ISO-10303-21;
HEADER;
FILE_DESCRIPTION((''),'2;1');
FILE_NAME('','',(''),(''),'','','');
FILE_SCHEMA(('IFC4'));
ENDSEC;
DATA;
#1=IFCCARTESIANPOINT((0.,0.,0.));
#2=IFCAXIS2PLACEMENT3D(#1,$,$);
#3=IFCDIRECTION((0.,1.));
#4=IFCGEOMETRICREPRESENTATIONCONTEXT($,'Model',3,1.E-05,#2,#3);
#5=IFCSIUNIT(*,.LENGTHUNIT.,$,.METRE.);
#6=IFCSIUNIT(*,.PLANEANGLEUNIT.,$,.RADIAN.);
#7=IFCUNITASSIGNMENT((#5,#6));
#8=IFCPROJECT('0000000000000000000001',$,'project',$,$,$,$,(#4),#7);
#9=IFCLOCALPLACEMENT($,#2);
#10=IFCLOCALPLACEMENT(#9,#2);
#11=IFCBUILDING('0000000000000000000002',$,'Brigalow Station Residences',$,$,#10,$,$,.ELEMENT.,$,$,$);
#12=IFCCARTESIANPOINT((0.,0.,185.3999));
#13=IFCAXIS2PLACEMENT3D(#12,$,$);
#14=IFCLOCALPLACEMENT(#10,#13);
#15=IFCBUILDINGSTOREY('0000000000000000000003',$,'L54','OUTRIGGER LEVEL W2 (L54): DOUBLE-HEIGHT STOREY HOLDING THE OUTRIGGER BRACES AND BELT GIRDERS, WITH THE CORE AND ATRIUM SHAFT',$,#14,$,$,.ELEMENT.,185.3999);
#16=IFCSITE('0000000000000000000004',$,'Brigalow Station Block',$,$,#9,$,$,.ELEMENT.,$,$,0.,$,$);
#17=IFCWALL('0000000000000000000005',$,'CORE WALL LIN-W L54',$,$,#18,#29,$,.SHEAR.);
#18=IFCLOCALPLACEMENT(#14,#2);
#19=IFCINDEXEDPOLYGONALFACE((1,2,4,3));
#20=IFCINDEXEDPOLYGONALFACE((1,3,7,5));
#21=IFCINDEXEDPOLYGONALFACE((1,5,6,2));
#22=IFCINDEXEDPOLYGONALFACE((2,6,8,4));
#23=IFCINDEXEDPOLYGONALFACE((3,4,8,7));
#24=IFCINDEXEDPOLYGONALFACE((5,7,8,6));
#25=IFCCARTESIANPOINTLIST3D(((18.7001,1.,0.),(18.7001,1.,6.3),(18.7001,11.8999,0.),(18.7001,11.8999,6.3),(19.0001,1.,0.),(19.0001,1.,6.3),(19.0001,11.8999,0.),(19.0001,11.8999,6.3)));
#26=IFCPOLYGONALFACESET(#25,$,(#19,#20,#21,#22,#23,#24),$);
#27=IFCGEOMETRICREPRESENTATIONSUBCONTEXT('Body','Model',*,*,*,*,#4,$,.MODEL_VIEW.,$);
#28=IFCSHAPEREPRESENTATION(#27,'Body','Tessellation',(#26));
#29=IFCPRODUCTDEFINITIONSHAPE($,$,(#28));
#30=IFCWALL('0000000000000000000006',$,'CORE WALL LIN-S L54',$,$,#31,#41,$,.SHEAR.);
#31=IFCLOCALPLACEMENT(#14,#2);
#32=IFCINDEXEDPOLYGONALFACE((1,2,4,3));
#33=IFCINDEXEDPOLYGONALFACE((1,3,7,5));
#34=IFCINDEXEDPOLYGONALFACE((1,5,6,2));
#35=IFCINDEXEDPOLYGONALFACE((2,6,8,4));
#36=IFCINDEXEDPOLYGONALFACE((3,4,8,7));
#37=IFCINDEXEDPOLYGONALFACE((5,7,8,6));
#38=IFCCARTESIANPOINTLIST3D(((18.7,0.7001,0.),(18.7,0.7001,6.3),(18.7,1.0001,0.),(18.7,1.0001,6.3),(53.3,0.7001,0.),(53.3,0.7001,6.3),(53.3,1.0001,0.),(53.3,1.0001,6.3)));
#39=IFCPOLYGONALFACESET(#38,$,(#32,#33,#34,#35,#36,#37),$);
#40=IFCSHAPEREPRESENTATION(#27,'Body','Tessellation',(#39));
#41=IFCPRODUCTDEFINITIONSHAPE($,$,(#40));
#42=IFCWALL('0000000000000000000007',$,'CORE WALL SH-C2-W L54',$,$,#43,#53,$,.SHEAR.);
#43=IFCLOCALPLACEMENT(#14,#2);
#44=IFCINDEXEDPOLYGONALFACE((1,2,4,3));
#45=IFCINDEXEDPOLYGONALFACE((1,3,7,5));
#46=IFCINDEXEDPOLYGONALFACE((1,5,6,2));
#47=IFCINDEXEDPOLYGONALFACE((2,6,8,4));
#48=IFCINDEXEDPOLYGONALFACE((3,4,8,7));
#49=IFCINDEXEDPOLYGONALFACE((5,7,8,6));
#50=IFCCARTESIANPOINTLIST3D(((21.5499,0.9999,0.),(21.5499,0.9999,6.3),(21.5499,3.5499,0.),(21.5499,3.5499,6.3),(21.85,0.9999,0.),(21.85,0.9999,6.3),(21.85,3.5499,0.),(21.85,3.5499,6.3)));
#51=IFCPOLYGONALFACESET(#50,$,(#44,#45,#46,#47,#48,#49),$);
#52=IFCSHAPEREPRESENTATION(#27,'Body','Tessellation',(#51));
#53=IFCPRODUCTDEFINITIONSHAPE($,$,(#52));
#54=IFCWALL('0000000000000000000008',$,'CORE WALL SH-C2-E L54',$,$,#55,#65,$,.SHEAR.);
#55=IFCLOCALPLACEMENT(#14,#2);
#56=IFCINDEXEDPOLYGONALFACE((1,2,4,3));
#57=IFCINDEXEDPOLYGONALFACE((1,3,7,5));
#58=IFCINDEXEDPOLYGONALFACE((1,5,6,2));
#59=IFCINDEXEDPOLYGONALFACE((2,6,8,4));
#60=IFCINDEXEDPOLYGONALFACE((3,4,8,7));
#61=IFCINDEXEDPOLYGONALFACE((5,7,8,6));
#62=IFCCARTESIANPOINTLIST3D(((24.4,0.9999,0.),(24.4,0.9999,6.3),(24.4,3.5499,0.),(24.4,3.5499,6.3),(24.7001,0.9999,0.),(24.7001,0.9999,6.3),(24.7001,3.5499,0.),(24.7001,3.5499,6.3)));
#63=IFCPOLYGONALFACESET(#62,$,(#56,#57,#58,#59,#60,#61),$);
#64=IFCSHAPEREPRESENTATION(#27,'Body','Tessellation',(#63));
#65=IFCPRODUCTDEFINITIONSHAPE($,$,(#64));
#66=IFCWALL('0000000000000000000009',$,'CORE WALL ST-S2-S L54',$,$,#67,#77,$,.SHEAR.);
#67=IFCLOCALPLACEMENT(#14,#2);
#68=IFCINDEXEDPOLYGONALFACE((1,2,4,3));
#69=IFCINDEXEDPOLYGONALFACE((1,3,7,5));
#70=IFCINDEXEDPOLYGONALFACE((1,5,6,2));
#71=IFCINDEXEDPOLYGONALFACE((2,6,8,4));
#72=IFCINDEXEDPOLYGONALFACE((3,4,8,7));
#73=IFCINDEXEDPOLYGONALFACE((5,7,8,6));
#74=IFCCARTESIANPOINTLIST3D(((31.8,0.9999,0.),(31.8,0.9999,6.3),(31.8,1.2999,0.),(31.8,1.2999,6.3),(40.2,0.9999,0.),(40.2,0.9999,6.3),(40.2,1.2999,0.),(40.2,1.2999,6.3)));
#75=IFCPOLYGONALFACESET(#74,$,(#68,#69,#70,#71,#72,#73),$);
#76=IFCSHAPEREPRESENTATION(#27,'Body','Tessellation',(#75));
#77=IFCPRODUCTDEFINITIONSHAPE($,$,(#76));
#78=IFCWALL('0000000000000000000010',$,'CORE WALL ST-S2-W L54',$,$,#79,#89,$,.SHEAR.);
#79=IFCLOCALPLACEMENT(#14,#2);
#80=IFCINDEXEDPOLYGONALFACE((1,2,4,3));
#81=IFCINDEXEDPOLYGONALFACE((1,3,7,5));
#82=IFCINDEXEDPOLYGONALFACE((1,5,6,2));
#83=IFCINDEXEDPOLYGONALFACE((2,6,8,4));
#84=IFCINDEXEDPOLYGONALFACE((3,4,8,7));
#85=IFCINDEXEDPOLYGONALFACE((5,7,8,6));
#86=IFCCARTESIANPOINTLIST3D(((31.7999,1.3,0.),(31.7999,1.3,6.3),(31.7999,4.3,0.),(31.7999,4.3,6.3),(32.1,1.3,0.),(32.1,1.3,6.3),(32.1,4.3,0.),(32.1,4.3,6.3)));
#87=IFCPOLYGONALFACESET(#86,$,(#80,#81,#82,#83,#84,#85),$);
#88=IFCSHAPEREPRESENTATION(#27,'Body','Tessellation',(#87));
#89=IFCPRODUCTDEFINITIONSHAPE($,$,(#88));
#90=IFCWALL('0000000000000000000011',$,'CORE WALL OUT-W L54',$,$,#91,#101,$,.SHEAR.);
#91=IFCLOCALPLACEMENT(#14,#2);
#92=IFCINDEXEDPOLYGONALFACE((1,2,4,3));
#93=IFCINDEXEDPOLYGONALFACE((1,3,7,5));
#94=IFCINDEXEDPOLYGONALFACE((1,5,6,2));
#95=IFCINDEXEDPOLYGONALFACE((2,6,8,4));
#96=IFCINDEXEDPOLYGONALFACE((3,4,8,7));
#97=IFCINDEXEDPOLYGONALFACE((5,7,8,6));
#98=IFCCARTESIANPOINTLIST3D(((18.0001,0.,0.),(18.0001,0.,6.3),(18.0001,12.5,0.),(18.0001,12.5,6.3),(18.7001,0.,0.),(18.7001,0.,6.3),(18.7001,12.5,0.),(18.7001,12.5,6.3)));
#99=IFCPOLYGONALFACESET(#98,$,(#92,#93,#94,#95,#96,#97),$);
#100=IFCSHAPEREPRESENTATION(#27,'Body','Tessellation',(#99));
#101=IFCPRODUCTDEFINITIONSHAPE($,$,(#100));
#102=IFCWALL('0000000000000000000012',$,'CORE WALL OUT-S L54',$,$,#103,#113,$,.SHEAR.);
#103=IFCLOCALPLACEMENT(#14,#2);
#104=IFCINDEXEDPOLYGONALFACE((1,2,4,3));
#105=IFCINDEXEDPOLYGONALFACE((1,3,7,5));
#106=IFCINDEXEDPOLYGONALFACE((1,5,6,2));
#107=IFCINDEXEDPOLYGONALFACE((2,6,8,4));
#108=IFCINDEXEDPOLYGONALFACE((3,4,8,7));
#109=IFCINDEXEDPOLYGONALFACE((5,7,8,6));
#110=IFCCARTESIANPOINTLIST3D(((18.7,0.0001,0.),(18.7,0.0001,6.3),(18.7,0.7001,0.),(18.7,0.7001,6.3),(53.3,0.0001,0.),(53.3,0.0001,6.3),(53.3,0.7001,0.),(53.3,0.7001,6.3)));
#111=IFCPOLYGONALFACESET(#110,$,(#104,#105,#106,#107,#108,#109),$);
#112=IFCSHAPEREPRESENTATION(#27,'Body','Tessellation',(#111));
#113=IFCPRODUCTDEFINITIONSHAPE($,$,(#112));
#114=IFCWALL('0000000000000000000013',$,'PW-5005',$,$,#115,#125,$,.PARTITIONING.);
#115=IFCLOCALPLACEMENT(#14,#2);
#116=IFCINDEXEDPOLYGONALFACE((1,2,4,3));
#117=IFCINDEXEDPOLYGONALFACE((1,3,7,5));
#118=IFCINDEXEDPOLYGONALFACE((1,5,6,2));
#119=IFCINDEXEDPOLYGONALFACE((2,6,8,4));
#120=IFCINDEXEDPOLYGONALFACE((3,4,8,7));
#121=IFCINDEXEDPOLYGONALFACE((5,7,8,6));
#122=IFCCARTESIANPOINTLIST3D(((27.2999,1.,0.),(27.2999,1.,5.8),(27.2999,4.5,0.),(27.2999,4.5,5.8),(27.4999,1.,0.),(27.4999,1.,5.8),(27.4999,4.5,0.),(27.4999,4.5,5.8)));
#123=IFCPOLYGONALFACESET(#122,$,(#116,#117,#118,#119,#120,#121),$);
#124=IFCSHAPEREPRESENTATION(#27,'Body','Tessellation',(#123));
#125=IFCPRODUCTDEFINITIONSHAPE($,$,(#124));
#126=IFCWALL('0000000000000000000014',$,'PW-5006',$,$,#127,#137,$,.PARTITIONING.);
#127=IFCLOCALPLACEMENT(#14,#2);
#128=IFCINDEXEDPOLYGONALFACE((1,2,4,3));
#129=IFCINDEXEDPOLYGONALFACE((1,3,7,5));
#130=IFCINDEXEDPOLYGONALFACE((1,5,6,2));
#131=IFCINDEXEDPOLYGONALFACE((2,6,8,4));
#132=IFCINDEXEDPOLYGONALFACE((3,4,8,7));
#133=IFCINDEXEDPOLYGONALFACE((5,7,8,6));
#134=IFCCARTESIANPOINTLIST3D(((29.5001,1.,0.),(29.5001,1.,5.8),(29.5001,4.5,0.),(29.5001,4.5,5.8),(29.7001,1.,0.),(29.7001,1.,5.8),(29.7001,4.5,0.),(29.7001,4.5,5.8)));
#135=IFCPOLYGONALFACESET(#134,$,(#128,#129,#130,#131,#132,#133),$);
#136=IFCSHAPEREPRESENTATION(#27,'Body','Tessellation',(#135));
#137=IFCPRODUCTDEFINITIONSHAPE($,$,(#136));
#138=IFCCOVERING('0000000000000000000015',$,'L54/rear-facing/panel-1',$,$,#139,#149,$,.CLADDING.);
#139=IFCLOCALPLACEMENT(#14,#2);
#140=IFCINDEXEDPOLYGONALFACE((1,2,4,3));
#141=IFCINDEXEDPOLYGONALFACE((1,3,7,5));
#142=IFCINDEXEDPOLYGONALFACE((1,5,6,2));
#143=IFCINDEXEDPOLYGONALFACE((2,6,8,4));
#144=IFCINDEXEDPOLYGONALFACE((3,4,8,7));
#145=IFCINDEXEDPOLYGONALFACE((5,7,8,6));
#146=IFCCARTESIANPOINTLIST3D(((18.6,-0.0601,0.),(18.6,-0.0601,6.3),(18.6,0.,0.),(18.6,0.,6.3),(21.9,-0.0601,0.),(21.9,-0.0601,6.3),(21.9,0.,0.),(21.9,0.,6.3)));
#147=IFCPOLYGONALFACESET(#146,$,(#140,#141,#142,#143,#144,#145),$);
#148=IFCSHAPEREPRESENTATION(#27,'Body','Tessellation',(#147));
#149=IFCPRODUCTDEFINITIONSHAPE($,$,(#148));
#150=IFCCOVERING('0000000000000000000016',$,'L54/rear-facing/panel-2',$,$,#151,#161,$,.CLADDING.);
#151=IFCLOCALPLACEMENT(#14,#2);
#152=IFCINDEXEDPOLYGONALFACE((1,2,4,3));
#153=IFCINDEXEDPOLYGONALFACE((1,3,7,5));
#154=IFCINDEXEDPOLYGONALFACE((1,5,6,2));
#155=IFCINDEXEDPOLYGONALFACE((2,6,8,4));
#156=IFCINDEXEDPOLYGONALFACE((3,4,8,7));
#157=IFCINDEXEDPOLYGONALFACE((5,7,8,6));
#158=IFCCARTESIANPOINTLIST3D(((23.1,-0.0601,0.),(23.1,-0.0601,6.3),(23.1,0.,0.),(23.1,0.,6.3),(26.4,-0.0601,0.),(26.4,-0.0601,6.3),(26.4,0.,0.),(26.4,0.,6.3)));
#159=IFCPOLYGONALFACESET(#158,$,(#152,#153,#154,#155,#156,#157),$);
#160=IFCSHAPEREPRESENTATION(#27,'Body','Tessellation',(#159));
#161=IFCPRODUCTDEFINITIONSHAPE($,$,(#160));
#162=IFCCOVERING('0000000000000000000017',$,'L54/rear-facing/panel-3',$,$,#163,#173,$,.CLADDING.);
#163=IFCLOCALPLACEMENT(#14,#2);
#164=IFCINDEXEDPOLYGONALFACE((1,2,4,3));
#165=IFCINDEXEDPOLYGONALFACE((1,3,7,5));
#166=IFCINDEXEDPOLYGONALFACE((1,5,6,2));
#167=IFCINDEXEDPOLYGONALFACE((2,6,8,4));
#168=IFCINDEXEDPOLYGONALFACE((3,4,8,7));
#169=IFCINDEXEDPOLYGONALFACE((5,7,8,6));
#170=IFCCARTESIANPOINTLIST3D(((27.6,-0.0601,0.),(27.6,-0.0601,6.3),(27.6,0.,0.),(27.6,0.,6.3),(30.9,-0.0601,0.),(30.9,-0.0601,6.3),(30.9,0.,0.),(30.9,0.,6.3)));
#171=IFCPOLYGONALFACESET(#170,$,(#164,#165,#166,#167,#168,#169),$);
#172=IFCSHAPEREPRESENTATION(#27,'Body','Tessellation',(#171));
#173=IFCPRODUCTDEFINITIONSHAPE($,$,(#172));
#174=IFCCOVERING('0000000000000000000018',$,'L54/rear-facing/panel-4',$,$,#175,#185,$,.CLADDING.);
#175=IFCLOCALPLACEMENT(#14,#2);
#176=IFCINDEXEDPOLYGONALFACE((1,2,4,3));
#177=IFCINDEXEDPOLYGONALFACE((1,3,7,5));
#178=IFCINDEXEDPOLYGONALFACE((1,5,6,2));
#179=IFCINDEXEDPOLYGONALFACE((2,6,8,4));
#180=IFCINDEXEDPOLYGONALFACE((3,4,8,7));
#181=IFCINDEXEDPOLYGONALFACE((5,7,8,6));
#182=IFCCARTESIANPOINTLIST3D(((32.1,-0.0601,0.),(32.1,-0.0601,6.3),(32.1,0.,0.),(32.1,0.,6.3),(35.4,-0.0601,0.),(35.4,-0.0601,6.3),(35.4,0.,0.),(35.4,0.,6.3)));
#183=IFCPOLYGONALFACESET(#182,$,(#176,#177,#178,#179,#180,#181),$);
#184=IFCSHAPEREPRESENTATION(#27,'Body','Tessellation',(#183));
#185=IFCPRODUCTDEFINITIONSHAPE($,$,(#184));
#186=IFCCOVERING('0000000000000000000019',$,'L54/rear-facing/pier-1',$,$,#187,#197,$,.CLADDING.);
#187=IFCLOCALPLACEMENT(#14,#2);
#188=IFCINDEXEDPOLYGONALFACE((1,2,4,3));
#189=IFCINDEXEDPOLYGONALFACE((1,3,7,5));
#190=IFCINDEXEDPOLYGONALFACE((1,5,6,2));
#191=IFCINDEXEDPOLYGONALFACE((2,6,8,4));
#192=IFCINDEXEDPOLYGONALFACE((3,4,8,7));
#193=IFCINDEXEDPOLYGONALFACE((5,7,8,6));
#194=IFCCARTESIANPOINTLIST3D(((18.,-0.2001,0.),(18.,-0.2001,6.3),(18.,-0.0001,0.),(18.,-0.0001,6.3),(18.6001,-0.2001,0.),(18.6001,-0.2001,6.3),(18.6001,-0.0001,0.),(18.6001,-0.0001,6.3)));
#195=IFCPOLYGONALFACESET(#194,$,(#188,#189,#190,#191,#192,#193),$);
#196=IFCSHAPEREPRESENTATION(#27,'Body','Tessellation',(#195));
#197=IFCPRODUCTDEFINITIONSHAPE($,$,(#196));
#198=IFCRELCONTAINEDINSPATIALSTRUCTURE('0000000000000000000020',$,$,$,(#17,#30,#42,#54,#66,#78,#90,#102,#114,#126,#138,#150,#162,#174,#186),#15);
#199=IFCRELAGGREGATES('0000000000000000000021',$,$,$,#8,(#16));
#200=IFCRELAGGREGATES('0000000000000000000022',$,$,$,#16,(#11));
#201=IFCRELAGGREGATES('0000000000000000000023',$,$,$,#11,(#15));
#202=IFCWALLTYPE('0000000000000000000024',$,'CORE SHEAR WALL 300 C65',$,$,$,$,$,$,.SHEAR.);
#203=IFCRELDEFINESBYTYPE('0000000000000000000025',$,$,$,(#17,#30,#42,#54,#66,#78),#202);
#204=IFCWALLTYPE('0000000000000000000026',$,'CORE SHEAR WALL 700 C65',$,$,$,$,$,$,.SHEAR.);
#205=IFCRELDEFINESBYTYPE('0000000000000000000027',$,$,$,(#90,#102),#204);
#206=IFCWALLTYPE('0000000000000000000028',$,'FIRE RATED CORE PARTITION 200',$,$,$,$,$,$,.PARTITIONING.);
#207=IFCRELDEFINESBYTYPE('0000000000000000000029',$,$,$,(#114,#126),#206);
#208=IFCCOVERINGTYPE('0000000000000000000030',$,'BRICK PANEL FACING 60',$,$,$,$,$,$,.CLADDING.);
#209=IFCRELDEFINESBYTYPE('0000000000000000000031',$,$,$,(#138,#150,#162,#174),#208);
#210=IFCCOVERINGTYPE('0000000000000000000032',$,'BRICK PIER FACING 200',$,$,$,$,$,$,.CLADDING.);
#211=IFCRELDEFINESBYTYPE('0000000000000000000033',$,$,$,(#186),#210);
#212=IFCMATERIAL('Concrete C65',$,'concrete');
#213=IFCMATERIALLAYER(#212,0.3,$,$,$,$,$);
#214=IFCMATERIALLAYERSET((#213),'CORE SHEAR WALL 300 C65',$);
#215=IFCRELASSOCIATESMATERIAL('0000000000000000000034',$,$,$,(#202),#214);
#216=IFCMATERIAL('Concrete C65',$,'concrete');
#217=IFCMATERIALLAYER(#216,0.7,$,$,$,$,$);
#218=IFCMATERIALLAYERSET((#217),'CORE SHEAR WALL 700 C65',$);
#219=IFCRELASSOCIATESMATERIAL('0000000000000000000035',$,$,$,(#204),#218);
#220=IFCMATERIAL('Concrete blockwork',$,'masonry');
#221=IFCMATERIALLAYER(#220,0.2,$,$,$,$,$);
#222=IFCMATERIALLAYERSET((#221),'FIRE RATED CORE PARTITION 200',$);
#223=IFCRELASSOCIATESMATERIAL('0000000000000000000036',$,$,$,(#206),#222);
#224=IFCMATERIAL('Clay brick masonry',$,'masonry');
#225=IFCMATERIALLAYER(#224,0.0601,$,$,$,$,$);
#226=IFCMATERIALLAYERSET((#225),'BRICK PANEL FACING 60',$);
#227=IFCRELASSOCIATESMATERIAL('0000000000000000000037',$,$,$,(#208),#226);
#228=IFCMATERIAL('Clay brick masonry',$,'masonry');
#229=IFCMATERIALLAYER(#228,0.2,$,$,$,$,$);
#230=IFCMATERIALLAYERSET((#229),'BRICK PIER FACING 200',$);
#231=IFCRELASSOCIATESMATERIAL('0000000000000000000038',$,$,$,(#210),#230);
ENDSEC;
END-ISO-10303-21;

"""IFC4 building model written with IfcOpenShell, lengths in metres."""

from ifc_helpers import new_model, si_unit, direction, frame, frame_2d, origin, origin_2d, place, context, subcontext, project, spatial, rectangle, extrude, material, layer, layer_set, type_object, element, save


model = new_model("IFC4")

# Units and contexts
model_context = context("Model", 3, precision=1e-05, world=origin(), true_north=direction((0.0, 1.0)))
body_context = subcontext(model_context, "Body", "Model", "MODEL_VIEW")
ifc_project = project(units=[si_unit("LENGTHUNIT", "METRE"), si_unit("PLANEANGLEUNIT", "RADIAN")], contexts=[model_context])

# Site, building, storey
site_placement = place(None, origin())
site = spatial("IfcSite", under=ifc_project, at=site_placement, Name="Brigalow Station Block", CompositionType="ELEMENT", RefElevation=0.0)
building_placement = place(site_placement, origin())
building = spatial("IfcBuilding", under=site, at=building_placement, Name="Brigalow Station Residences", CompositionType="ELEMENT")
storey_placement = place(building_placement, frame((0.0, 0.0, 185.3999)))
storey = spatial("IfcBuildingStorey", under=building, at=storey_placement, Name="L54", Description="OUTRIGGER LEVEL W2 (L54): DOUBLE-HEIGHT STOREY HOLDING THE OUTRIGGER BRACES AND BELT GIRDERS, WITH THE CORE AND ATRIUM SHAFT", CompositionType="ELEMENT", Elevation=185.3999)

# Walls
ifc_material_1 = material(Name="Concrete C65", Category="concrete")
ifc_layer_1 = layer(ifc_material_1, 0.3)
ifc_layer_set_1 = layer_set([ifc_layer_1], Name="CORE SHEAR WALL 300 C65")
wall_type_1 = type_object("IfcWallType", Name="CORE SHEAR WALL 300 C65", PredefinedType="SHEAR", material=ifc_layer_set_1)
wall_1_placement = place(storey_placement, frame((18.8501, 1.0, 0.0), z_axis=(0.0, 0.0, 1.0), x_axis=(0.0, 1.0, 0.0)))
element("IfcWall", 1, at=wall_1_placement, inside=storey, type_object=wall_type_1, Name="CORE WALL LIN-W L54", PredefinedType="SHEAR", context=body_context, shape_type="SweptSolid", body=[
    extrude(rectangle(XDim=10.8999, YDim=0.3, at=frame_2d((5.45, 0.0))), origin(), (0.0, 0.0, 1.0), 6.3),
])
wall_2_placement = place(storey_placement, frame((18.7, 0.8501, 0.0), z_axis=(0.0, 0.0, 1.0), x_axis=(1.0, 0.0, 0.0)))
element("IfcWall", 2, at=wall_2_placement, inside=storey, type_object=wall_type_1, Name="CORE WALL LIN-S L54", PredefinedType="SHEAR", context=body_context, shape_type="SweptSolid", body=[
    extrude(rectangle(XDim=34.6001, YDim=0.3, at=frame_2d((17.3, 0.0))), origin(), (0.0, 0.0, 1.0), 6.3),
])
for number, where, z_axis, x_axis, name in (
    (3, (21.7, 1.0, 0.0), (0.0, 0.0, 1.0), (0.0, 1.0, 0.0), "CORE WALL SH-C2-W L54"),
    (4, (24.55, 1.0, 0.0), (0.0, 0.0, 1.0), (0.0, 1.0, 0.0), "CORE WALL SH-C2-E L54"),
):
    element("IfcWall", number, at=place(storey_placement, frame(where, z_axis=z_axis, x_axis=x_axis)), inside=storey, type_object=wall_type_1, Name=name, PredefinedType="SHEAR", context=body_context, shape_type="SweptSolid", body=[
        extrude(rectangle(XDim=2.55, YDim=0.3, at=frame_2d((1.2749, 0.0))), origin(), (0.0, 0.0, 1.0), 6.3),
    ])
wall_3_placement = place(storey_placement, frame((31.8, 1.1499, 0.0), z_axis=(0.0, 0.0, 1.0), x_axis=(1.0, 0.0, 0.0)))
element("IfcWall", 5, at=wall_3_placement, inside=storey, type_object=wall_type_1, Name="CORE WALL ST-S2-S L54", PredefinedType="SHEAR", context=body_context, shape_type="SweptSolid", body=[
    extrude(rectangle(XDim=8.3999, YDim=0.3, at=frame_2d((4.2, 0.0))), origin(), (0.0, 0.0, 1.0), 6.3),
])
wall_4_placement = place(storey_placement, frame((31.95, 1.3, 0.0), z_axis=(0.0, 0.0, 1.0), x_axis=(0.0, 1.0, 0.0)))
element("IfcWall", 6, at=wall_4_placement, inside=storey, type_object=wall_type_1, Name="CORE WALL ST-S2-W L54", PredefinedType="SHEAR", context=body_context, shape_type="SweptSolid", body=[
    extrude(rectangle(XDim=3.0, YDim=0.3, at=frame_2d((1.5, 0.0))), origin(), (0.0, 0.0, 1.0), 6.3),
])
ifc_material_2 = material(Name="Concrete C65", Category="concrete")
ifc_layer_2 = layer(ifc_material_2, 0.7)
ifc_layer_set_2 = layer_set([ifc_layer_2], Name="CORE SHEAR WALL 700 C65")
wall_type_2 = type_object("IfcWallType", Name="CORE SHEAR WALL 700 C65", PredefinedType="SHEAR", material=ifc_layer_set_2)
wall_5_placement = place(storey_placement, frame((18.3501, 0.0, 0.0), z_axis=(0.0, 0.0, 1.0), x_axis=(0.0, 1.0, 0.0)))
element("IfcWall", 7, at=wall_5_placement, inside=storey, type_object=wall_type_2, Name="CORE WALL OUT-W L54", PredefinedType="SHEAR", context=body_context, shape_type="SweptSolid", body=[
    extrude(rectangle(XDim=12.5, YDim=0.7, at=frame_2d((6.25, 0.0))), origin(), (0.0, 0.0, 1.0), 6.3),
])
wall_6_placement = place(storey_placement, frame((18.7, 0.3501, 0.0), z_axis=(0.0, 0.0, 1.0), x_axis=(1.0, 0.0, 0.0)))
element("IfcWall", 8, at=wall_6_placement, inside=storey, type_object=wall_type_2, Name="CORE WALL OUT-S L54", PredefinedType="SHEAR", context=body_context, shape_type="SweptSolid", body=[
    extrude(rectangle(XDim=34.6001, YDim=0.7, at=frame_2d((17.3, 0.0))), origin(), (0.0, 0.0, 1.0), 6.3),
])
ifc_material_3 = material(Name="Concrete blockwork", Category="masonry")
ifc_layer_3 = layer(ifc_material_3, 0.2)
ifc_layer_set_3 = layer_set([ifc_layer_3], Name="FIRE RATED CORE PARTITION 200")
wall_type_3 = type_object("IfcWallType", Name="FIRE RATED CORE PARTITION 200", PredefinedType="PARTITIONING", material=ifc_layer_set_3)
for number, where, z_axis, x_axis, name in (
    (9, (27.3999, 1.0, 0.0), (0.0, 0.0, 1.0), (0.0, 1.0, 0.0), "PW-5005"),
    (10, (29.6001, 1.0, 0.0), (0.0, 0.0, 1.0), (0.0, 1.0, 0.0), "PW-5006"),
):
    element("IfcWall", number, at=place(storey_placement, frame(where, z_axis=z_axis, x_axis=x_axis)), inside=storey, type_object=wall_type_3, Name=name, PredefinedType="PARTITIONING", context=body_context, shape_type="SweptSolid", body=[
        extrude(rectangle(XDim=3.5, YDim=0.2, at=frame_2d((1.75, 0.0))), origin(), (0.0, 0.0, 1.0), 5.8),
    ])

# Coverings
ifc_material_4 = material(Name="Clay brick masonry", Category="masonry")
ifc_layer_4 = layer(ifc_material_4, 0.0601)
ifc_layer_set_4 = layer_set([ifc_layer_4], Name="BRICK PANEL FACING 60")
covering_type_1 = type_object("IfcCoveringType", Name="BRICK PANEL FACING 60", PredefinedType="CLADDING", material=ifc_layer_set_4)
for number, where, z_axis, x_axis, name in (
    (11, (20.25, -0.03, 0.0), (0.0, 0.0, 1.0), (1.0, 0.0, 0.0), "L54/rear-facing/panel-1"),
    (12, (24.75, -0.03, 0.0), (0.0, 0.0, 1.0), (1.0, 0.0, 0.0), "L54/rear-facing/panel-2"),
    (13, (29.25, -0.03, 0.0), (0.0, 0.0, 1.0), (1.0, 0.0, 0.0), "L54/rear-facing/panel-3"),
    (14, (33.75, -0.03, 0.0), (0.0, 0.0, 1.0), (1.0, 0.0, 0.0), "L54/rear-facing/panel-4"),
):
    element("IfcCovering", number, at=place(storey_placement, frame(where, z_axis=z_axis, x_axis=x_axis)), inside=storey, type_object=covering_type_1, Name=name, PredefinedType="CLADDING", context=body_context, shape_type="SweptSolid", body=[
        extrude(rectangle(XDim=3.3, YDim=0.0601, at=origin_2d()), origin(), (0.0, 0.0, 1.0), 6.3),
    ])
ifc_material_5 = material(Name="Clay brick masonry", Category="masonry")
ifc_layer_5 = layer(ifc_material_5, 0.2)
ifc_layer_set_5 = layer_set([ifc_layer_5], Name="BRICK PIER FACING 200")
covering_type_2 = type_object("IfcCoveringType", Name="BRICK PIER FACING 200", PredefinedType="CLADDING", material=ifc_layer_set_5)
covering_placement = place(storey_placement, frame((18.3, -0.1001, 0.0), z_axis=(0.0, 0.0, 1.0), x_axis=(1.0, 0.0, 0.0)))
element("IfcCovering", 15, at=covering_placement, inside=storey, type_object=covering_type_2, Name="L54/rear-facing/pier-1", PredefinedType="CLADDING", context=body_context, shape_type="SweptSolid", body=[
    extrude(rectangle(XDim=0.6001, YDim=0.2, at=origin_2d()), origin(), (0.0, 0.0, 1.0), 6.3),
])

save(model, "model.ifc")
